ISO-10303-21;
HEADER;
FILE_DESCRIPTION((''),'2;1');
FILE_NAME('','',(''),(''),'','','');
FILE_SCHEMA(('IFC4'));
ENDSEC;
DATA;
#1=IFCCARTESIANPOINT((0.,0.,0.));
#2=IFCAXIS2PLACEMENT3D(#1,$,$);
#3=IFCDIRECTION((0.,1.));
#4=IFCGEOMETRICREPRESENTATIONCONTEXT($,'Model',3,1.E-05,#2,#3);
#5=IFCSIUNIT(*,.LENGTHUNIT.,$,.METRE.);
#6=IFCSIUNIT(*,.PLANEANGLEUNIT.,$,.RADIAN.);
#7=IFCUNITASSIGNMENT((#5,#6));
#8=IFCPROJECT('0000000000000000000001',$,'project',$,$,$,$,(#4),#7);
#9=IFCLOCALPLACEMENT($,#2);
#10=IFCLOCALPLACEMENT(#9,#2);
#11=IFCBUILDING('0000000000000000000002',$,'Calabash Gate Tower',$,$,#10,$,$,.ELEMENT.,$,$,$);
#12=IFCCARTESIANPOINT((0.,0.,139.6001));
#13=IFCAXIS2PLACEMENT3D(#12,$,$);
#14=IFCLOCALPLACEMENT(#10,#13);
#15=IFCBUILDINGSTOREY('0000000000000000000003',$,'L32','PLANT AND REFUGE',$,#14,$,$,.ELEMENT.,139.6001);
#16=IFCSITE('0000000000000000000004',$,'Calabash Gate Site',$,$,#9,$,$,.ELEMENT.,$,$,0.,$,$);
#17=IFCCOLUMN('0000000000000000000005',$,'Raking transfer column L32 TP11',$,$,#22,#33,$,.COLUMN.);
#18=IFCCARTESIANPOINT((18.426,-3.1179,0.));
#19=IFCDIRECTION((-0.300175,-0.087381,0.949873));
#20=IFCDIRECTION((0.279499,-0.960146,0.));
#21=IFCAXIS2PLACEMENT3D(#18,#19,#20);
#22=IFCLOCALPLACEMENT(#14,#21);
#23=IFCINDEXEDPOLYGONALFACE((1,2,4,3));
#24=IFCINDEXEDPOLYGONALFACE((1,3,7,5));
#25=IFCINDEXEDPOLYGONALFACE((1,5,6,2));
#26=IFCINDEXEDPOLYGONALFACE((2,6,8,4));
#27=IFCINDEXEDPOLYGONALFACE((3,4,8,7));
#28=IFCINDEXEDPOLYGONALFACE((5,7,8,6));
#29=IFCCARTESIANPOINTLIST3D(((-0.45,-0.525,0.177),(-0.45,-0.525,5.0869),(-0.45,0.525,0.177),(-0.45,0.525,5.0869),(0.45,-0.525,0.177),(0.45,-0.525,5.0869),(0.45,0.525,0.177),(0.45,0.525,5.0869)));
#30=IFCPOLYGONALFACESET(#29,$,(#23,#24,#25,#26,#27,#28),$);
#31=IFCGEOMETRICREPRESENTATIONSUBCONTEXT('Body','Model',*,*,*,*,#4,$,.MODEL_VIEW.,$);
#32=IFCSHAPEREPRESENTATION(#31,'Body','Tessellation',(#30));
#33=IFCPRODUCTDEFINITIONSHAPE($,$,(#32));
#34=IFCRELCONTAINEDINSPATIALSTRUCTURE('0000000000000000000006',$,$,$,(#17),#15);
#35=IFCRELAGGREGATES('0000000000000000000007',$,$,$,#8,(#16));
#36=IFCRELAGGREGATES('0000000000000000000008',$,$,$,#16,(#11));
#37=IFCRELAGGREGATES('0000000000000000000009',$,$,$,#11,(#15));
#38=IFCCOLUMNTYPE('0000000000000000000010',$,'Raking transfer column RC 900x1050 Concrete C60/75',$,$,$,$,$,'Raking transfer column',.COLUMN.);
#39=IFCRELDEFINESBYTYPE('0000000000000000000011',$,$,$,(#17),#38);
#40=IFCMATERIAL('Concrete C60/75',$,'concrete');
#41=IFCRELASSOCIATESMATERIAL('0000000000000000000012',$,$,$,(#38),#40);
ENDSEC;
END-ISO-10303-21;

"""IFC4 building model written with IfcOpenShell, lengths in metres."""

from ifc_helpers import new_model, si_unit, direction, frame, origin, origin_2d, place, context, subcontext, project, spatial, rectangle, extrude, clip, halfspace, material, material_profile, profile_set, type_object, element, save


model = new_model("IFC4")

# Units and contexts
model_context = context("Model", 3, precision=1e-05, world=origin(), true_north=direction((0.0, 1.0)))
body_context = subcontext(model_context, "Body", "Model", "MODEL_VIEW")
ifc_project = project(units=[si_unit("LENGTHUNIT", "METRE"), si_unit("PLANEANGLEUNIT", "RADIAN")], contexts=[model_context])

# Site, building, storey
site_placement = place(None, origin())
site = spatial("IfcSite", under=ifc_project, at=site_placement, Name="Calabash Gate Site", CompositionType="ELEMENT", RefElevation=0.0)
building_placement = place(site_placement, origin())
building = spatial("IfcBuilding", under=site, at=building_placement, Name="Calabash Gate Tower", CompositionType="ELEMENT")
storey_placement = place(building_placement, frame((0.0, 0.0, 139.6001)))
storey = spatial("IfcBuildingStorey", under=building, at=storey_placement, Name="L32", Description="PLANT AND REFUGE", CompositionType="ELEMENT", Elevation=139.6001)

# Column
ifc_material_1 = material(Name="Concrete C60/75", Category="concrete")
ifc_material_profile_1 = material_profile(ifc_material_1, rectangle(XDim=0.8999, YDim=1.05, at=origin_2d()))
ifc_profile_set_1 = profile_set([ifc_material_profile_1], Name="Concrete C60/75")
column_type = type_object("IfcColumnType", Name="Raking transfer column RC 900x1050 Concrete C60/75", ElementType="Raking transfer column", PredefinedType="COLUMN", material=ifc_profile_set_1)
column_placement = place(storey_placement, frame((18.426, -3.1179, 0.0), z_axis=(-0.300175, -0.087381, 0.949873), x_axis=(0.279499, -0.960146, 0.0)))
element("IfcColumn", 1, at=column_placement, inside=storey, type_object=column_type, Name="Raking transfer column L32 TP11", PredefinedType="COLUMN", context=body_context, shape_type="Clipping", body=[
    clip(clip(extrude(rectangle(XDim=0.8999, YDim=1.05, at=origin_2d()), origin(), (0.0, 0.0, 1.0), 5.2639), halfspace(frame((0.0, 0.0, 0.177), z_axis=(0.0, 0.0, 1.0), x_axis=(1.0, 0.0, 0.0)), True)), halfspace(frame((0.0, 0.0, 5.0869), z_axis=(0.0, 0.0, 1.0), x_axis=(1.0, 0.0, 0.0)), False)),
])

save(model, "model.ifc")
